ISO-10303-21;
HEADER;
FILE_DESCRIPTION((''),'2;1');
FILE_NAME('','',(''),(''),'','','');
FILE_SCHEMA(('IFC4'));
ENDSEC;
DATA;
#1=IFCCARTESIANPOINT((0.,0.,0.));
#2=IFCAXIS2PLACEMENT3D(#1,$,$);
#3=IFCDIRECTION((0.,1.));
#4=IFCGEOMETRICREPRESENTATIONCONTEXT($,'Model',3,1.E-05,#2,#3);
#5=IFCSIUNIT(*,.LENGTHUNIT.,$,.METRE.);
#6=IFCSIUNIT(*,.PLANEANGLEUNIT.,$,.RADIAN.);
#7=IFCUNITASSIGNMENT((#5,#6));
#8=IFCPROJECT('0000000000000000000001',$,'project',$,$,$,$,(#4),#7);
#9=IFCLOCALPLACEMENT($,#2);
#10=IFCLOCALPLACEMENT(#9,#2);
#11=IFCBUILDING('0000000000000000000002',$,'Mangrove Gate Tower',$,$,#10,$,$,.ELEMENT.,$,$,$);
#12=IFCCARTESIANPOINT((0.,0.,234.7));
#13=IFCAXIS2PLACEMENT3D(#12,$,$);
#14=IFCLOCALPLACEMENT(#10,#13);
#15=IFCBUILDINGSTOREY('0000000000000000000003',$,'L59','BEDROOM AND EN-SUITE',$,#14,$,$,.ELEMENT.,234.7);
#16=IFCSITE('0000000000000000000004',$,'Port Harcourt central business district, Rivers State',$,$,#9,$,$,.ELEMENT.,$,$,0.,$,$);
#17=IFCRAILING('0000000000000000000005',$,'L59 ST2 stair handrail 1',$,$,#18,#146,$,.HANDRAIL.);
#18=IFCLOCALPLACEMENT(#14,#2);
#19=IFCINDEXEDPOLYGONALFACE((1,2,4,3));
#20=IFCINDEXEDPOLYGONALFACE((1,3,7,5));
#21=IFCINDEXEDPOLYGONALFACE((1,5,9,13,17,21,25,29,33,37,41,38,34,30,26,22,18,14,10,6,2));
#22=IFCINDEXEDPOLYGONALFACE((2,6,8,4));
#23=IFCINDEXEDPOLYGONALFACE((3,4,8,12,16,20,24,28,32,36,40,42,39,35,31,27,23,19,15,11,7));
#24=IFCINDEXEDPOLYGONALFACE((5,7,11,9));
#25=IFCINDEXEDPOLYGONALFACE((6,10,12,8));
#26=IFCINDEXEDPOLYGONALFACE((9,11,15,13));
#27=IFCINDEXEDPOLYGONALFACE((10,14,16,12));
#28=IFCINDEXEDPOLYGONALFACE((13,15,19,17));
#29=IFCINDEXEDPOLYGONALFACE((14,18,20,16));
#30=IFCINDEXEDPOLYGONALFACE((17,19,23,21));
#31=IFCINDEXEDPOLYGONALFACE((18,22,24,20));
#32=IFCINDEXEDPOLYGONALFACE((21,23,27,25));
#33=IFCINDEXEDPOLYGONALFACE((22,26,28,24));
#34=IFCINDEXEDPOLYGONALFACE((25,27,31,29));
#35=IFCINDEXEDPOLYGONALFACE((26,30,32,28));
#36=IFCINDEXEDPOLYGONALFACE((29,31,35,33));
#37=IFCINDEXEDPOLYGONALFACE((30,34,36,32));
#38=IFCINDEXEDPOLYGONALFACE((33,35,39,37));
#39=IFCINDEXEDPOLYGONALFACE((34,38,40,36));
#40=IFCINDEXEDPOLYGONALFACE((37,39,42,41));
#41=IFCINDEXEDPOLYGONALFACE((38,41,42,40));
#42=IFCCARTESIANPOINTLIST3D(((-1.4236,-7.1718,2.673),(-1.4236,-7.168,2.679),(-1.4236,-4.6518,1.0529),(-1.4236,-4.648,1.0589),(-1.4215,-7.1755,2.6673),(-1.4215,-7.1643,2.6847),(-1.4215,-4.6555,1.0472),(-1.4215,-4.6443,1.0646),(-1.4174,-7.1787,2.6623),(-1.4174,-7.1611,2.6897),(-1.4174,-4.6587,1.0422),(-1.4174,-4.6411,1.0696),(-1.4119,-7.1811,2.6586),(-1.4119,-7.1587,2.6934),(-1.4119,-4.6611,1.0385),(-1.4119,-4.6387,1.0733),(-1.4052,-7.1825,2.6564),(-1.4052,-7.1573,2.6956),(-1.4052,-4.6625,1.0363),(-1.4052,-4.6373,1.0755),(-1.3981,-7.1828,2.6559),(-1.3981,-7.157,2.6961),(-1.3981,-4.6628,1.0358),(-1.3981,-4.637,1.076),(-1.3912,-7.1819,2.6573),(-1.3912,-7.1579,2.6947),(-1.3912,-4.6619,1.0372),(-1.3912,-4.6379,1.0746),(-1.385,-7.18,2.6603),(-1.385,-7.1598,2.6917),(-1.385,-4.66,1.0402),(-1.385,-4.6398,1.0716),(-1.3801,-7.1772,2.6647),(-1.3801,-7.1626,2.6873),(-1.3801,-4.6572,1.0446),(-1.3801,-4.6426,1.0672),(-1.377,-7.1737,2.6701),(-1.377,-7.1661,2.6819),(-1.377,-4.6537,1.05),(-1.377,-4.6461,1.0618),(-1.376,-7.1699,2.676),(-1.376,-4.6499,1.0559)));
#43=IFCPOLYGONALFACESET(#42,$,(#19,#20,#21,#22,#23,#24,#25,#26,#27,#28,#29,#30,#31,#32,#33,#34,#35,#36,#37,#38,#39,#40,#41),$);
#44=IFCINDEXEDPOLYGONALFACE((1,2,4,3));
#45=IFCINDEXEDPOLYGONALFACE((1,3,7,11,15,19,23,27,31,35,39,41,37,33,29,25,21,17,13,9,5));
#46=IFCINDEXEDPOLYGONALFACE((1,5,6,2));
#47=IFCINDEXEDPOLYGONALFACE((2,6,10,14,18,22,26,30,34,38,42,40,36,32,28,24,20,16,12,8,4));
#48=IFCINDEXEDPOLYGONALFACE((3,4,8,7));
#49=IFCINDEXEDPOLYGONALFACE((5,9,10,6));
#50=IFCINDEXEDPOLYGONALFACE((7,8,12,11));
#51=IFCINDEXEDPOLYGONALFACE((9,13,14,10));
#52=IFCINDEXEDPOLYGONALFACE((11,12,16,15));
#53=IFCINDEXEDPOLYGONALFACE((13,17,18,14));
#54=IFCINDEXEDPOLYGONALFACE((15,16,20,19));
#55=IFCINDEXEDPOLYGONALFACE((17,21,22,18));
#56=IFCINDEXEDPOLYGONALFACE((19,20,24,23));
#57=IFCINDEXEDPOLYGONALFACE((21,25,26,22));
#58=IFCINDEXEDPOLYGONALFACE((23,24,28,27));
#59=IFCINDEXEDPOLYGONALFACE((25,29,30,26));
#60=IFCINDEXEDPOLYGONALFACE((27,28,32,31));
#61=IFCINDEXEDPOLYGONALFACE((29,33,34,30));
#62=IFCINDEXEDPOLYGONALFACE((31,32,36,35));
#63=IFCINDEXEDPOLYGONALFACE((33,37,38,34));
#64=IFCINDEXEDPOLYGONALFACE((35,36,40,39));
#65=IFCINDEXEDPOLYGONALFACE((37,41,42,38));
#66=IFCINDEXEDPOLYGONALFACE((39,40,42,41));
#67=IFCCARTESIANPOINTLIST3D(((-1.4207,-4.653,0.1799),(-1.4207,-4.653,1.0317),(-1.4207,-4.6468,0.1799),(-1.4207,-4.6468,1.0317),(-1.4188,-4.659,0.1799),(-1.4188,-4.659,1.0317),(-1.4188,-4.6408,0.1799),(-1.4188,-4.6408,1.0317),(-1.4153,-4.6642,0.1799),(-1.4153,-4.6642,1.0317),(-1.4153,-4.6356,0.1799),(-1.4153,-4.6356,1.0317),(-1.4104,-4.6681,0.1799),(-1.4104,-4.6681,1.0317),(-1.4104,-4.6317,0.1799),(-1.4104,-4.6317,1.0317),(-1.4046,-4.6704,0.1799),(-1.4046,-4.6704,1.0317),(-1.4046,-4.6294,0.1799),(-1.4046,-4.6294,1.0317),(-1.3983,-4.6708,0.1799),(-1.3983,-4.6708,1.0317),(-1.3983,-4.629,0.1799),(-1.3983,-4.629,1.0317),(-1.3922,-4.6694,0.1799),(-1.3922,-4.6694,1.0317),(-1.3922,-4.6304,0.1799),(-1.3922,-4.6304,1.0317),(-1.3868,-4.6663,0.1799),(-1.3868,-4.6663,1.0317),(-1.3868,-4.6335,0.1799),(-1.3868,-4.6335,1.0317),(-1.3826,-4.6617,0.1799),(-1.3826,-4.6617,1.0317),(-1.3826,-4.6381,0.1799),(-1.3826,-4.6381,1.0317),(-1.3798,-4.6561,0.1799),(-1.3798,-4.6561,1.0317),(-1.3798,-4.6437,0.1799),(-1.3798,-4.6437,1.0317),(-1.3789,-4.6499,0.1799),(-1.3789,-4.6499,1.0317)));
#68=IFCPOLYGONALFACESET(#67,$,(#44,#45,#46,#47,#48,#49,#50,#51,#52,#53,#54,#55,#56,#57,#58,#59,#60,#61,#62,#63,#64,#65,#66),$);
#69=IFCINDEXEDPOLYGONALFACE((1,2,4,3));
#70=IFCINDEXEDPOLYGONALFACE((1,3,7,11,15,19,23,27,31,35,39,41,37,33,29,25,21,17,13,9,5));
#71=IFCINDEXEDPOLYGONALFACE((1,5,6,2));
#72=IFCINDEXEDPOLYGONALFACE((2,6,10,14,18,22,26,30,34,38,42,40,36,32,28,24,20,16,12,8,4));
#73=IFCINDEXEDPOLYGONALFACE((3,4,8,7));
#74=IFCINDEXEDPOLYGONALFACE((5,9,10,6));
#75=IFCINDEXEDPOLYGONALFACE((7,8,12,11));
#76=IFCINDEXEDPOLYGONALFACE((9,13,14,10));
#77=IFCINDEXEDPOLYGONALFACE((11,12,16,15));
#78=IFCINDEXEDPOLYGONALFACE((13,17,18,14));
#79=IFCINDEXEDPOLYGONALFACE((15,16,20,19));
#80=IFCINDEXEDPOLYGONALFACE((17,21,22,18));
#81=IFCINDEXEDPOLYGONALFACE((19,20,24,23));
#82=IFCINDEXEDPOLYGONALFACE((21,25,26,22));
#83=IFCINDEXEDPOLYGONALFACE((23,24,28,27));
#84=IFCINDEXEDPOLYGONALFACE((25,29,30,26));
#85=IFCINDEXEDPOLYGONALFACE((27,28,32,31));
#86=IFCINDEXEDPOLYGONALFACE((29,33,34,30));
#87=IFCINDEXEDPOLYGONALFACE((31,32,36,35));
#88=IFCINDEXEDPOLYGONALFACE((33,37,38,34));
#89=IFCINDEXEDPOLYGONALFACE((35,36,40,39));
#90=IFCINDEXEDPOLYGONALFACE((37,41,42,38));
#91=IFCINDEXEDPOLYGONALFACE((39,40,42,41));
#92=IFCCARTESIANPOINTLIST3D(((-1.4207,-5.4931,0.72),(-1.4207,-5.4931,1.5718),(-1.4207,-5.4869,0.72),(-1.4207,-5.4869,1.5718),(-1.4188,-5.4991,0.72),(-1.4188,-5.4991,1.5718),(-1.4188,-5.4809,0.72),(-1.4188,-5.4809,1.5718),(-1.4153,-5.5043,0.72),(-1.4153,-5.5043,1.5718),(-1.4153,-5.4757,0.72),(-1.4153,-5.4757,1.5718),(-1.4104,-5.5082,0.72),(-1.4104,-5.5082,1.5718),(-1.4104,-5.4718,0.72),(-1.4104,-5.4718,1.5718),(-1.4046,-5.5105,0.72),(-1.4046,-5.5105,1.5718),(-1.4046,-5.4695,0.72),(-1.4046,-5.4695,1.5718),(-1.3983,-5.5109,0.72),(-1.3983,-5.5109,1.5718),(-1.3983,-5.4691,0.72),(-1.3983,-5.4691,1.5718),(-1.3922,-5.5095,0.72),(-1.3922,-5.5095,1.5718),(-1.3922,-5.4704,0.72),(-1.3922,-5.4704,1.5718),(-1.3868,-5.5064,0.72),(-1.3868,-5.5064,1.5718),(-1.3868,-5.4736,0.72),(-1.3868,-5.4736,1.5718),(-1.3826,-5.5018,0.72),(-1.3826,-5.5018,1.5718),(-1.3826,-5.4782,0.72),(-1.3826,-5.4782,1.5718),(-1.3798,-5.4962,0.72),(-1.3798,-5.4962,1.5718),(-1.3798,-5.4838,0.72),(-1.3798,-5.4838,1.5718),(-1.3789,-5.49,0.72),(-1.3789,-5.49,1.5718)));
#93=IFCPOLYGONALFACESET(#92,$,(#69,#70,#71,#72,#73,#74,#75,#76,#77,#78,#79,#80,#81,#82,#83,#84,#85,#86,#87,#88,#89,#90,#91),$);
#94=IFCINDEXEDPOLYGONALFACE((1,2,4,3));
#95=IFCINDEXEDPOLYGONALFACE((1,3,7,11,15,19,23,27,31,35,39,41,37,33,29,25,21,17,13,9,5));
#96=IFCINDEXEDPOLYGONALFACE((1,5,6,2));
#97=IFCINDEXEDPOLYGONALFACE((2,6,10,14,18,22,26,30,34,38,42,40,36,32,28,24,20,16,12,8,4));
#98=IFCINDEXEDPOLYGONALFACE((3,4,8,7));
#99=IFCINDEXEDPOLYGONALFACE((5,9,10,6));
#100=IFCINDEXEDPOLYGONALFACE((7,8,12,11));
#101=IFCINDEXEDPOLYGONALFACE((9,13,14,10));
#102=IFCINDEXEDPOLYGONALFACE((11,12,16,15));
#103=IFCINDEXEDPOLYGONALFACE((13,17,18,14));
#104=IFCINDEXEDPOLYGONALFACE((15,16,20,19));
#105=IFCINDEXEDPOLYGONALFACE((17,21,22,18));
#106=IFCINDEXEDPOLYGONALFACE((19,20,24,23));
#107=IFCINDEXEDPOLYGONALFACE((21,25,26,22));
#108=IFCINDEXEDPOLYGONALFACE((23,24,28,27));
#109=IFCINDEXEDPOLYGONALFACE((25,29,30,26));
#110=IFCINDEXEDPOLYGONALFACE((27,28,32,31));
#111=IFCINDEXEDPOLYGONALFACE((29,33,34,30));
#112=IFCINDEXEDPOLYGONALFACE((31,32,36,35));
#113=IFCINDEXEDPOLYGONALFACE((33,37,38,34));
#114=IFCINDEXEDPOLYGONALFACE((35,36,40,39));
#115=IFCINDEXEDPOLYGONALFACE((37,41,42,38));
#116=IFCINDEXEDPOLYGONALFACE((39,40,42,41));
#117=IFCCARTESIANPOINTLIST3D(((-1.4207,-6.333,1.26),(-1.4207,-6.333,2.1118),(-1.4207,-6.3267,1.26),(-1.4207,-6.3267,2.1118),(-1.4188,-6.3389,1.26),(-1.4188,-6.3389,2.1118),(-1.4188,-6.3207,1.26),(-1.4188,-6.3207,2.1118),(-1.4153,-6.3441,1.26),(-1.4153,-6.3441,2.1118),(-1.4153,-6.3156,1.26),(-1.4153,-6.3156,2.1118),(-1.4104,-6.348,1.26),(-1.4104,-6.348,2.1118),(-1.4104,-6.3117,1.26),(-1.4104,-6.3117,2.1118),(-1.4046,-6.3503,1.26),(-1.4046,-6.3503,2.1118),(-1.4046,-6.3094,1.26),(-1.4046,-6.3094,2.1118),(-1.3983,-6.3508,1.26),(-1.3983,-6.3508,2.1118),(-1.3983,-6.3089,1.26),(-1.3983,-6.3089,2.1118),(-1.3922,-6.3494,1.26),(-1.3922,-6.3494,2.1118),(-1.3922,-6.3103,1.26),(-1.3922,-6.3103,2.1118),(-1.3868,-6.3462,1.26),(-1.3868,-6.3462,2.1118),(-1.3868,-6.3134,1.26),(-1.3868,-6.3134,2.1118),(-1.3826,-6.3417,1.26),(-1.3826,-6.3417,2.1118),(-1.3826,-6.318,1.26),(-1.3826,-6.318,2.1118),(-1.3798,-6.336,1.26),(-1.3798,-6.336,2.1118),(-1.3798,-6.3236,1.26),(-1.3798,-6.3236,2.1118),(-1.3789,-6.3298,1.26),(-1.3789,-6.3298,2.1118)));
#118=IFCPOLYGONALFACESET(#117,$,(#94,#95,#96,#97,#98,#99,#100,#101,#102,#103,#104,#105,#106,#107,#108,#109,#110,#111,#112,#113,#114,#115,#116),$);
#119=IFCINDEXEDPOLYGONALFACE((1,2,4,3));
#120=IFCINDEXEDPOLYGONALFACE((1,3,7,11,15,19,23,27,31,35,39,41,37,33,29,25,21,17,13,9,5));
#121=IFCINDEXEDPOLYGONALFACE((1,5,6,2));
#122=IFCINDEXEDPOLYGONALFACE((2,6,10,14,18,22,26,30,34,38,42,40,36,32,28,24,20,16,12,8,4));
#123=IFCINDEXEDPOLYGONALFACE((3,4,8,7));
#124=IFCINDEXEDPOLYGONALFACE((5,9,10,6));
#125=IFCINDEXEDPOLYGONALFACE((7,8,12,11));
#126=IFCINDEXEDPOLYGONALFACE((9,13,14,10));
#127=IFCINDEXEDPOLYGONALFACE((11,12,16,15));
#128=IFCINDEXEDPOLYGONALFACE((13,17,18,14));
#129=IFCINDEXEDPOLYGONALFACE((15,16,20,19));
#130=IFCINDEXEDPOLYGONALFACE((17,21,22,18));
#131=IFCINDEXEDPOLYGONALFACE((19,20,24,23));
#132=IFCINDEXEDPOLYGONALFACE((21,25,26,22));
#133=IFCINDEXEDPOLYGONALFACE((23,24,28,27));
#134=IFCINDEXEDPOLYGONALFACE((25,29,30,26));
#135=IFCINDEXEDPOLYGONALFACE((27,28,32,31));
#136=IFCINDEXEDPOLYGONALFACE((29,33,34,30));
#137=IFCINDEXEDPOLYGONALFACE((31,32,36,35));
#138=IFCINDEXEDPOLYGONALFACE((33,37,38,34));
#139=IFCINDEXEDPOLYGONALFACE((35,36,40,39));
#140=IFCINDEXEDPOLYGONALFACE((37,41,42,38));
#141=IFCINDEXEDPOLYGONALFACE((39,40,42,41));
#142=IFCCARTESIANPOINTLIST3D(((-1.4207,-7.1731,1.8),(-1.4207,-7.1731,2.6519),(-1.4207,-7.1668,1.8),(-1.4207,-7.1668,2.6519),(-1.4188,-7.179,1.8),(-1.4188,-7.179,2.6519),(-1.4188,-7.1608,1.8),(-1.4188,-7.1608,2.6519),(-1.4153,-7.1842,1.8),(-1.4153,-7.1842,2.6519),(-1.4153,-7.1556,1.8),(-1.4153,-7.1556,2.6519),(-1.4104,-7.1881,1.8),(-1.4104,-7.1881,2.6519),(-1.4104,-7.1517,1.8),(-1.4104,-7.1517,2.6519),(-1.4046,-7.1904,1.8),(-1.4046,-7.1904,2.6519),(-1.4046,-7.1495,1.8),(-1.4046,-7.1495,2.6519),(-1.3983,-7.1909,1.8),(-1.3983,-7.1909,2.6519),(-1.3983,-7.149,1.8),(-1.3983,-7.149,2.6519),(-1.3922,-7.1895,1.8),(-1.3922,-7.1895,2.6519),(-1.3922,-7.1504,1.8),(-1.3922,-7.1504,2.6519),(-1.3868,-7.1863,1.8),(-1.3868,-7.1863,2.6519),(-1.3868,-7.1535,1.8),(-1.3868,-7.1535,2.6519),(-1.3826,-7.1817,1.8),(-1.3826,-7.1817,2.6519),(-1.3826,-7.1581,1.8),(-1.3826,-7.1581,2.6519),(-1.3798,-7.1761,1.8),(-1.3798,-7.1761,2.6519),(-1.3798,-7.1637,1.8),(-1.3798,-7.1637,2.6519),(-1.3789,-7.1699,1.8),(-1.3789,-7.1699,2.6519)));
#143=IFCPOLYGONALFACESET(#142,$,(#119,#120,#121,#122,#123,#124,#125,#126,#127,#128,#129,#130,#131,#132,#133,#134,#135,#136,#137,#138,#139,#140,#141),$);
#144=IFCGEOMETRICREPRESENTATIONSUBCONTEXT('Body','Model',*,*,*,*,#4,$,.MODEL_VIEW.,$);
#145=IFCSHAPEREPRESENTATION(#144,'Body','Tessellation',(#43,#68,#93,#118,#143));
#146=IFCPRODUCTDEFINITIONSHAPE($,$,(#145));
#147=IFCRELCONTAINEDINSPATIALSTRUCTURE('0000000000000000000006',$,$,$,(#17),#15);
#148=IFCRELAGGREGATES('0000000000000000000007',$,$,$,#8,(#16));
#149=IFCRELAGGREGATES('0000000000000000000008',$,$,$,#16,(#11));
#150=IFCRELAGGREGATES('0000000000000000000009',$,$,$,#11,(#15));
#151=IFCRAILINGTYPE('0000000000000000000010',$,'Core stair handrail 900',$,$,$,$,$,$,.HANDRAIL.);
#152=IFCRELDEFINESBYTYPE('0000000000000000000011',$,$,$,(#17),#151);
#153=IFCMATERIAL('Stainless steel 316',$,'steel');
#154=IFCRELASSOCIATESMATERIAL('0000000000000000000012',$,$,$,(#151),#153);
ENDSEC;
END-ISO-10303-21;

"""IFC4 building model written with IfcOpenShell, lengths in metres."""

from ifc_helpers import new_model, si_unit, direction, frame, origin, origin_2d, place, context, subcontext, project, spatial, circle, extrude, material, type_object, element, save


model = new_model("IFC4")

# Units and contexts
model_context = context("Model", 3, precision=1e-05, world=origin(), true_north=direction((0.0, 1.0)))
body_context = subcontext(model_context, "Body", "Model", "MODEL_VIEW")
ifc_project = project(units=[si_unit("LENGTHUNIT", "METRE"), si_unit("PLANEANGLEUNIT", "RADIAN")], contexts=[model_context])

# Site, building, storey
site_placement = place(None, origin())
site = spatial("IfcSite", under=ifc_project, at=site_placement, Name="Port Harcourt central business district, Rivers State", CompositionType="ELEMENT", RefElevation=0.0)
building_placement = place(site_placement, origin())
building = spatial("IfcBuilding", under=site, at=building_placement, Name="Mangrove Gate Tower", CompositionType="ELEMENT")
storey_placement = place(building_placement, frame((0.0, 0.0, 234.7)))
storey = spatial("IfcBuildingStorey", under=building, at=storey_placement, Name="L59", Description="BEDROOM AND EN-SUITE", CompositionType="ELEMENT", Elevation=234.7)

# Railing
ifc_material_1 = material(Name="Stainless steel 316", Category="steel")
railing_type_1 = type_object("IfcRailingType", Name="Core stair handrail 900", PredefinedType="HANDRAIL", material=ifc_material_1)
railing_1_placement = place(storey_placement, frame((-1.3999, -4.6499, 0.1799)))
element("IfcRailing", 1, at=railing_1_placement, inside=storey, type_object=railing_type_1, Name="L59 ST2 stair handrail 1", PredefinedType="HANDRAIL", context=body_context, shape_type="SweptSolid", body=[
    extrude(circle(Radius=0.0239, at=origin_2d()), frame((0.0, 0.0, 0.876), z_axis=(0.0, -0.841163, 0.540782), x_axis=(1.0, 0.0, 0.0)), (0.0, 0.0, 1.0), 2.9958),
    extrude(circle(Radius=0.021, at=origin_2d()), origin(), (0.0, 0.0, 1.0), 0.8518),
    extrude(circle(Radius=0.021, at=origin_2d()), frame((0.0, -0.8401, 0.54)), (0.0, 0.0, 1.0), 0.8518),
    extrude(circle(Radius=0.021, at=origin_2d()), frame((0.0, -1.6799, 1.0801)), (0.0, 0.0, 1.0), 0.8518),
    extrude(circle(Radius=0.021, at=origin_2d()), frame((0.0, -2.52, 1.6201)), (0.0, 0.0, 1.0), 0.8518),
])

save(model, "model.ifc")
